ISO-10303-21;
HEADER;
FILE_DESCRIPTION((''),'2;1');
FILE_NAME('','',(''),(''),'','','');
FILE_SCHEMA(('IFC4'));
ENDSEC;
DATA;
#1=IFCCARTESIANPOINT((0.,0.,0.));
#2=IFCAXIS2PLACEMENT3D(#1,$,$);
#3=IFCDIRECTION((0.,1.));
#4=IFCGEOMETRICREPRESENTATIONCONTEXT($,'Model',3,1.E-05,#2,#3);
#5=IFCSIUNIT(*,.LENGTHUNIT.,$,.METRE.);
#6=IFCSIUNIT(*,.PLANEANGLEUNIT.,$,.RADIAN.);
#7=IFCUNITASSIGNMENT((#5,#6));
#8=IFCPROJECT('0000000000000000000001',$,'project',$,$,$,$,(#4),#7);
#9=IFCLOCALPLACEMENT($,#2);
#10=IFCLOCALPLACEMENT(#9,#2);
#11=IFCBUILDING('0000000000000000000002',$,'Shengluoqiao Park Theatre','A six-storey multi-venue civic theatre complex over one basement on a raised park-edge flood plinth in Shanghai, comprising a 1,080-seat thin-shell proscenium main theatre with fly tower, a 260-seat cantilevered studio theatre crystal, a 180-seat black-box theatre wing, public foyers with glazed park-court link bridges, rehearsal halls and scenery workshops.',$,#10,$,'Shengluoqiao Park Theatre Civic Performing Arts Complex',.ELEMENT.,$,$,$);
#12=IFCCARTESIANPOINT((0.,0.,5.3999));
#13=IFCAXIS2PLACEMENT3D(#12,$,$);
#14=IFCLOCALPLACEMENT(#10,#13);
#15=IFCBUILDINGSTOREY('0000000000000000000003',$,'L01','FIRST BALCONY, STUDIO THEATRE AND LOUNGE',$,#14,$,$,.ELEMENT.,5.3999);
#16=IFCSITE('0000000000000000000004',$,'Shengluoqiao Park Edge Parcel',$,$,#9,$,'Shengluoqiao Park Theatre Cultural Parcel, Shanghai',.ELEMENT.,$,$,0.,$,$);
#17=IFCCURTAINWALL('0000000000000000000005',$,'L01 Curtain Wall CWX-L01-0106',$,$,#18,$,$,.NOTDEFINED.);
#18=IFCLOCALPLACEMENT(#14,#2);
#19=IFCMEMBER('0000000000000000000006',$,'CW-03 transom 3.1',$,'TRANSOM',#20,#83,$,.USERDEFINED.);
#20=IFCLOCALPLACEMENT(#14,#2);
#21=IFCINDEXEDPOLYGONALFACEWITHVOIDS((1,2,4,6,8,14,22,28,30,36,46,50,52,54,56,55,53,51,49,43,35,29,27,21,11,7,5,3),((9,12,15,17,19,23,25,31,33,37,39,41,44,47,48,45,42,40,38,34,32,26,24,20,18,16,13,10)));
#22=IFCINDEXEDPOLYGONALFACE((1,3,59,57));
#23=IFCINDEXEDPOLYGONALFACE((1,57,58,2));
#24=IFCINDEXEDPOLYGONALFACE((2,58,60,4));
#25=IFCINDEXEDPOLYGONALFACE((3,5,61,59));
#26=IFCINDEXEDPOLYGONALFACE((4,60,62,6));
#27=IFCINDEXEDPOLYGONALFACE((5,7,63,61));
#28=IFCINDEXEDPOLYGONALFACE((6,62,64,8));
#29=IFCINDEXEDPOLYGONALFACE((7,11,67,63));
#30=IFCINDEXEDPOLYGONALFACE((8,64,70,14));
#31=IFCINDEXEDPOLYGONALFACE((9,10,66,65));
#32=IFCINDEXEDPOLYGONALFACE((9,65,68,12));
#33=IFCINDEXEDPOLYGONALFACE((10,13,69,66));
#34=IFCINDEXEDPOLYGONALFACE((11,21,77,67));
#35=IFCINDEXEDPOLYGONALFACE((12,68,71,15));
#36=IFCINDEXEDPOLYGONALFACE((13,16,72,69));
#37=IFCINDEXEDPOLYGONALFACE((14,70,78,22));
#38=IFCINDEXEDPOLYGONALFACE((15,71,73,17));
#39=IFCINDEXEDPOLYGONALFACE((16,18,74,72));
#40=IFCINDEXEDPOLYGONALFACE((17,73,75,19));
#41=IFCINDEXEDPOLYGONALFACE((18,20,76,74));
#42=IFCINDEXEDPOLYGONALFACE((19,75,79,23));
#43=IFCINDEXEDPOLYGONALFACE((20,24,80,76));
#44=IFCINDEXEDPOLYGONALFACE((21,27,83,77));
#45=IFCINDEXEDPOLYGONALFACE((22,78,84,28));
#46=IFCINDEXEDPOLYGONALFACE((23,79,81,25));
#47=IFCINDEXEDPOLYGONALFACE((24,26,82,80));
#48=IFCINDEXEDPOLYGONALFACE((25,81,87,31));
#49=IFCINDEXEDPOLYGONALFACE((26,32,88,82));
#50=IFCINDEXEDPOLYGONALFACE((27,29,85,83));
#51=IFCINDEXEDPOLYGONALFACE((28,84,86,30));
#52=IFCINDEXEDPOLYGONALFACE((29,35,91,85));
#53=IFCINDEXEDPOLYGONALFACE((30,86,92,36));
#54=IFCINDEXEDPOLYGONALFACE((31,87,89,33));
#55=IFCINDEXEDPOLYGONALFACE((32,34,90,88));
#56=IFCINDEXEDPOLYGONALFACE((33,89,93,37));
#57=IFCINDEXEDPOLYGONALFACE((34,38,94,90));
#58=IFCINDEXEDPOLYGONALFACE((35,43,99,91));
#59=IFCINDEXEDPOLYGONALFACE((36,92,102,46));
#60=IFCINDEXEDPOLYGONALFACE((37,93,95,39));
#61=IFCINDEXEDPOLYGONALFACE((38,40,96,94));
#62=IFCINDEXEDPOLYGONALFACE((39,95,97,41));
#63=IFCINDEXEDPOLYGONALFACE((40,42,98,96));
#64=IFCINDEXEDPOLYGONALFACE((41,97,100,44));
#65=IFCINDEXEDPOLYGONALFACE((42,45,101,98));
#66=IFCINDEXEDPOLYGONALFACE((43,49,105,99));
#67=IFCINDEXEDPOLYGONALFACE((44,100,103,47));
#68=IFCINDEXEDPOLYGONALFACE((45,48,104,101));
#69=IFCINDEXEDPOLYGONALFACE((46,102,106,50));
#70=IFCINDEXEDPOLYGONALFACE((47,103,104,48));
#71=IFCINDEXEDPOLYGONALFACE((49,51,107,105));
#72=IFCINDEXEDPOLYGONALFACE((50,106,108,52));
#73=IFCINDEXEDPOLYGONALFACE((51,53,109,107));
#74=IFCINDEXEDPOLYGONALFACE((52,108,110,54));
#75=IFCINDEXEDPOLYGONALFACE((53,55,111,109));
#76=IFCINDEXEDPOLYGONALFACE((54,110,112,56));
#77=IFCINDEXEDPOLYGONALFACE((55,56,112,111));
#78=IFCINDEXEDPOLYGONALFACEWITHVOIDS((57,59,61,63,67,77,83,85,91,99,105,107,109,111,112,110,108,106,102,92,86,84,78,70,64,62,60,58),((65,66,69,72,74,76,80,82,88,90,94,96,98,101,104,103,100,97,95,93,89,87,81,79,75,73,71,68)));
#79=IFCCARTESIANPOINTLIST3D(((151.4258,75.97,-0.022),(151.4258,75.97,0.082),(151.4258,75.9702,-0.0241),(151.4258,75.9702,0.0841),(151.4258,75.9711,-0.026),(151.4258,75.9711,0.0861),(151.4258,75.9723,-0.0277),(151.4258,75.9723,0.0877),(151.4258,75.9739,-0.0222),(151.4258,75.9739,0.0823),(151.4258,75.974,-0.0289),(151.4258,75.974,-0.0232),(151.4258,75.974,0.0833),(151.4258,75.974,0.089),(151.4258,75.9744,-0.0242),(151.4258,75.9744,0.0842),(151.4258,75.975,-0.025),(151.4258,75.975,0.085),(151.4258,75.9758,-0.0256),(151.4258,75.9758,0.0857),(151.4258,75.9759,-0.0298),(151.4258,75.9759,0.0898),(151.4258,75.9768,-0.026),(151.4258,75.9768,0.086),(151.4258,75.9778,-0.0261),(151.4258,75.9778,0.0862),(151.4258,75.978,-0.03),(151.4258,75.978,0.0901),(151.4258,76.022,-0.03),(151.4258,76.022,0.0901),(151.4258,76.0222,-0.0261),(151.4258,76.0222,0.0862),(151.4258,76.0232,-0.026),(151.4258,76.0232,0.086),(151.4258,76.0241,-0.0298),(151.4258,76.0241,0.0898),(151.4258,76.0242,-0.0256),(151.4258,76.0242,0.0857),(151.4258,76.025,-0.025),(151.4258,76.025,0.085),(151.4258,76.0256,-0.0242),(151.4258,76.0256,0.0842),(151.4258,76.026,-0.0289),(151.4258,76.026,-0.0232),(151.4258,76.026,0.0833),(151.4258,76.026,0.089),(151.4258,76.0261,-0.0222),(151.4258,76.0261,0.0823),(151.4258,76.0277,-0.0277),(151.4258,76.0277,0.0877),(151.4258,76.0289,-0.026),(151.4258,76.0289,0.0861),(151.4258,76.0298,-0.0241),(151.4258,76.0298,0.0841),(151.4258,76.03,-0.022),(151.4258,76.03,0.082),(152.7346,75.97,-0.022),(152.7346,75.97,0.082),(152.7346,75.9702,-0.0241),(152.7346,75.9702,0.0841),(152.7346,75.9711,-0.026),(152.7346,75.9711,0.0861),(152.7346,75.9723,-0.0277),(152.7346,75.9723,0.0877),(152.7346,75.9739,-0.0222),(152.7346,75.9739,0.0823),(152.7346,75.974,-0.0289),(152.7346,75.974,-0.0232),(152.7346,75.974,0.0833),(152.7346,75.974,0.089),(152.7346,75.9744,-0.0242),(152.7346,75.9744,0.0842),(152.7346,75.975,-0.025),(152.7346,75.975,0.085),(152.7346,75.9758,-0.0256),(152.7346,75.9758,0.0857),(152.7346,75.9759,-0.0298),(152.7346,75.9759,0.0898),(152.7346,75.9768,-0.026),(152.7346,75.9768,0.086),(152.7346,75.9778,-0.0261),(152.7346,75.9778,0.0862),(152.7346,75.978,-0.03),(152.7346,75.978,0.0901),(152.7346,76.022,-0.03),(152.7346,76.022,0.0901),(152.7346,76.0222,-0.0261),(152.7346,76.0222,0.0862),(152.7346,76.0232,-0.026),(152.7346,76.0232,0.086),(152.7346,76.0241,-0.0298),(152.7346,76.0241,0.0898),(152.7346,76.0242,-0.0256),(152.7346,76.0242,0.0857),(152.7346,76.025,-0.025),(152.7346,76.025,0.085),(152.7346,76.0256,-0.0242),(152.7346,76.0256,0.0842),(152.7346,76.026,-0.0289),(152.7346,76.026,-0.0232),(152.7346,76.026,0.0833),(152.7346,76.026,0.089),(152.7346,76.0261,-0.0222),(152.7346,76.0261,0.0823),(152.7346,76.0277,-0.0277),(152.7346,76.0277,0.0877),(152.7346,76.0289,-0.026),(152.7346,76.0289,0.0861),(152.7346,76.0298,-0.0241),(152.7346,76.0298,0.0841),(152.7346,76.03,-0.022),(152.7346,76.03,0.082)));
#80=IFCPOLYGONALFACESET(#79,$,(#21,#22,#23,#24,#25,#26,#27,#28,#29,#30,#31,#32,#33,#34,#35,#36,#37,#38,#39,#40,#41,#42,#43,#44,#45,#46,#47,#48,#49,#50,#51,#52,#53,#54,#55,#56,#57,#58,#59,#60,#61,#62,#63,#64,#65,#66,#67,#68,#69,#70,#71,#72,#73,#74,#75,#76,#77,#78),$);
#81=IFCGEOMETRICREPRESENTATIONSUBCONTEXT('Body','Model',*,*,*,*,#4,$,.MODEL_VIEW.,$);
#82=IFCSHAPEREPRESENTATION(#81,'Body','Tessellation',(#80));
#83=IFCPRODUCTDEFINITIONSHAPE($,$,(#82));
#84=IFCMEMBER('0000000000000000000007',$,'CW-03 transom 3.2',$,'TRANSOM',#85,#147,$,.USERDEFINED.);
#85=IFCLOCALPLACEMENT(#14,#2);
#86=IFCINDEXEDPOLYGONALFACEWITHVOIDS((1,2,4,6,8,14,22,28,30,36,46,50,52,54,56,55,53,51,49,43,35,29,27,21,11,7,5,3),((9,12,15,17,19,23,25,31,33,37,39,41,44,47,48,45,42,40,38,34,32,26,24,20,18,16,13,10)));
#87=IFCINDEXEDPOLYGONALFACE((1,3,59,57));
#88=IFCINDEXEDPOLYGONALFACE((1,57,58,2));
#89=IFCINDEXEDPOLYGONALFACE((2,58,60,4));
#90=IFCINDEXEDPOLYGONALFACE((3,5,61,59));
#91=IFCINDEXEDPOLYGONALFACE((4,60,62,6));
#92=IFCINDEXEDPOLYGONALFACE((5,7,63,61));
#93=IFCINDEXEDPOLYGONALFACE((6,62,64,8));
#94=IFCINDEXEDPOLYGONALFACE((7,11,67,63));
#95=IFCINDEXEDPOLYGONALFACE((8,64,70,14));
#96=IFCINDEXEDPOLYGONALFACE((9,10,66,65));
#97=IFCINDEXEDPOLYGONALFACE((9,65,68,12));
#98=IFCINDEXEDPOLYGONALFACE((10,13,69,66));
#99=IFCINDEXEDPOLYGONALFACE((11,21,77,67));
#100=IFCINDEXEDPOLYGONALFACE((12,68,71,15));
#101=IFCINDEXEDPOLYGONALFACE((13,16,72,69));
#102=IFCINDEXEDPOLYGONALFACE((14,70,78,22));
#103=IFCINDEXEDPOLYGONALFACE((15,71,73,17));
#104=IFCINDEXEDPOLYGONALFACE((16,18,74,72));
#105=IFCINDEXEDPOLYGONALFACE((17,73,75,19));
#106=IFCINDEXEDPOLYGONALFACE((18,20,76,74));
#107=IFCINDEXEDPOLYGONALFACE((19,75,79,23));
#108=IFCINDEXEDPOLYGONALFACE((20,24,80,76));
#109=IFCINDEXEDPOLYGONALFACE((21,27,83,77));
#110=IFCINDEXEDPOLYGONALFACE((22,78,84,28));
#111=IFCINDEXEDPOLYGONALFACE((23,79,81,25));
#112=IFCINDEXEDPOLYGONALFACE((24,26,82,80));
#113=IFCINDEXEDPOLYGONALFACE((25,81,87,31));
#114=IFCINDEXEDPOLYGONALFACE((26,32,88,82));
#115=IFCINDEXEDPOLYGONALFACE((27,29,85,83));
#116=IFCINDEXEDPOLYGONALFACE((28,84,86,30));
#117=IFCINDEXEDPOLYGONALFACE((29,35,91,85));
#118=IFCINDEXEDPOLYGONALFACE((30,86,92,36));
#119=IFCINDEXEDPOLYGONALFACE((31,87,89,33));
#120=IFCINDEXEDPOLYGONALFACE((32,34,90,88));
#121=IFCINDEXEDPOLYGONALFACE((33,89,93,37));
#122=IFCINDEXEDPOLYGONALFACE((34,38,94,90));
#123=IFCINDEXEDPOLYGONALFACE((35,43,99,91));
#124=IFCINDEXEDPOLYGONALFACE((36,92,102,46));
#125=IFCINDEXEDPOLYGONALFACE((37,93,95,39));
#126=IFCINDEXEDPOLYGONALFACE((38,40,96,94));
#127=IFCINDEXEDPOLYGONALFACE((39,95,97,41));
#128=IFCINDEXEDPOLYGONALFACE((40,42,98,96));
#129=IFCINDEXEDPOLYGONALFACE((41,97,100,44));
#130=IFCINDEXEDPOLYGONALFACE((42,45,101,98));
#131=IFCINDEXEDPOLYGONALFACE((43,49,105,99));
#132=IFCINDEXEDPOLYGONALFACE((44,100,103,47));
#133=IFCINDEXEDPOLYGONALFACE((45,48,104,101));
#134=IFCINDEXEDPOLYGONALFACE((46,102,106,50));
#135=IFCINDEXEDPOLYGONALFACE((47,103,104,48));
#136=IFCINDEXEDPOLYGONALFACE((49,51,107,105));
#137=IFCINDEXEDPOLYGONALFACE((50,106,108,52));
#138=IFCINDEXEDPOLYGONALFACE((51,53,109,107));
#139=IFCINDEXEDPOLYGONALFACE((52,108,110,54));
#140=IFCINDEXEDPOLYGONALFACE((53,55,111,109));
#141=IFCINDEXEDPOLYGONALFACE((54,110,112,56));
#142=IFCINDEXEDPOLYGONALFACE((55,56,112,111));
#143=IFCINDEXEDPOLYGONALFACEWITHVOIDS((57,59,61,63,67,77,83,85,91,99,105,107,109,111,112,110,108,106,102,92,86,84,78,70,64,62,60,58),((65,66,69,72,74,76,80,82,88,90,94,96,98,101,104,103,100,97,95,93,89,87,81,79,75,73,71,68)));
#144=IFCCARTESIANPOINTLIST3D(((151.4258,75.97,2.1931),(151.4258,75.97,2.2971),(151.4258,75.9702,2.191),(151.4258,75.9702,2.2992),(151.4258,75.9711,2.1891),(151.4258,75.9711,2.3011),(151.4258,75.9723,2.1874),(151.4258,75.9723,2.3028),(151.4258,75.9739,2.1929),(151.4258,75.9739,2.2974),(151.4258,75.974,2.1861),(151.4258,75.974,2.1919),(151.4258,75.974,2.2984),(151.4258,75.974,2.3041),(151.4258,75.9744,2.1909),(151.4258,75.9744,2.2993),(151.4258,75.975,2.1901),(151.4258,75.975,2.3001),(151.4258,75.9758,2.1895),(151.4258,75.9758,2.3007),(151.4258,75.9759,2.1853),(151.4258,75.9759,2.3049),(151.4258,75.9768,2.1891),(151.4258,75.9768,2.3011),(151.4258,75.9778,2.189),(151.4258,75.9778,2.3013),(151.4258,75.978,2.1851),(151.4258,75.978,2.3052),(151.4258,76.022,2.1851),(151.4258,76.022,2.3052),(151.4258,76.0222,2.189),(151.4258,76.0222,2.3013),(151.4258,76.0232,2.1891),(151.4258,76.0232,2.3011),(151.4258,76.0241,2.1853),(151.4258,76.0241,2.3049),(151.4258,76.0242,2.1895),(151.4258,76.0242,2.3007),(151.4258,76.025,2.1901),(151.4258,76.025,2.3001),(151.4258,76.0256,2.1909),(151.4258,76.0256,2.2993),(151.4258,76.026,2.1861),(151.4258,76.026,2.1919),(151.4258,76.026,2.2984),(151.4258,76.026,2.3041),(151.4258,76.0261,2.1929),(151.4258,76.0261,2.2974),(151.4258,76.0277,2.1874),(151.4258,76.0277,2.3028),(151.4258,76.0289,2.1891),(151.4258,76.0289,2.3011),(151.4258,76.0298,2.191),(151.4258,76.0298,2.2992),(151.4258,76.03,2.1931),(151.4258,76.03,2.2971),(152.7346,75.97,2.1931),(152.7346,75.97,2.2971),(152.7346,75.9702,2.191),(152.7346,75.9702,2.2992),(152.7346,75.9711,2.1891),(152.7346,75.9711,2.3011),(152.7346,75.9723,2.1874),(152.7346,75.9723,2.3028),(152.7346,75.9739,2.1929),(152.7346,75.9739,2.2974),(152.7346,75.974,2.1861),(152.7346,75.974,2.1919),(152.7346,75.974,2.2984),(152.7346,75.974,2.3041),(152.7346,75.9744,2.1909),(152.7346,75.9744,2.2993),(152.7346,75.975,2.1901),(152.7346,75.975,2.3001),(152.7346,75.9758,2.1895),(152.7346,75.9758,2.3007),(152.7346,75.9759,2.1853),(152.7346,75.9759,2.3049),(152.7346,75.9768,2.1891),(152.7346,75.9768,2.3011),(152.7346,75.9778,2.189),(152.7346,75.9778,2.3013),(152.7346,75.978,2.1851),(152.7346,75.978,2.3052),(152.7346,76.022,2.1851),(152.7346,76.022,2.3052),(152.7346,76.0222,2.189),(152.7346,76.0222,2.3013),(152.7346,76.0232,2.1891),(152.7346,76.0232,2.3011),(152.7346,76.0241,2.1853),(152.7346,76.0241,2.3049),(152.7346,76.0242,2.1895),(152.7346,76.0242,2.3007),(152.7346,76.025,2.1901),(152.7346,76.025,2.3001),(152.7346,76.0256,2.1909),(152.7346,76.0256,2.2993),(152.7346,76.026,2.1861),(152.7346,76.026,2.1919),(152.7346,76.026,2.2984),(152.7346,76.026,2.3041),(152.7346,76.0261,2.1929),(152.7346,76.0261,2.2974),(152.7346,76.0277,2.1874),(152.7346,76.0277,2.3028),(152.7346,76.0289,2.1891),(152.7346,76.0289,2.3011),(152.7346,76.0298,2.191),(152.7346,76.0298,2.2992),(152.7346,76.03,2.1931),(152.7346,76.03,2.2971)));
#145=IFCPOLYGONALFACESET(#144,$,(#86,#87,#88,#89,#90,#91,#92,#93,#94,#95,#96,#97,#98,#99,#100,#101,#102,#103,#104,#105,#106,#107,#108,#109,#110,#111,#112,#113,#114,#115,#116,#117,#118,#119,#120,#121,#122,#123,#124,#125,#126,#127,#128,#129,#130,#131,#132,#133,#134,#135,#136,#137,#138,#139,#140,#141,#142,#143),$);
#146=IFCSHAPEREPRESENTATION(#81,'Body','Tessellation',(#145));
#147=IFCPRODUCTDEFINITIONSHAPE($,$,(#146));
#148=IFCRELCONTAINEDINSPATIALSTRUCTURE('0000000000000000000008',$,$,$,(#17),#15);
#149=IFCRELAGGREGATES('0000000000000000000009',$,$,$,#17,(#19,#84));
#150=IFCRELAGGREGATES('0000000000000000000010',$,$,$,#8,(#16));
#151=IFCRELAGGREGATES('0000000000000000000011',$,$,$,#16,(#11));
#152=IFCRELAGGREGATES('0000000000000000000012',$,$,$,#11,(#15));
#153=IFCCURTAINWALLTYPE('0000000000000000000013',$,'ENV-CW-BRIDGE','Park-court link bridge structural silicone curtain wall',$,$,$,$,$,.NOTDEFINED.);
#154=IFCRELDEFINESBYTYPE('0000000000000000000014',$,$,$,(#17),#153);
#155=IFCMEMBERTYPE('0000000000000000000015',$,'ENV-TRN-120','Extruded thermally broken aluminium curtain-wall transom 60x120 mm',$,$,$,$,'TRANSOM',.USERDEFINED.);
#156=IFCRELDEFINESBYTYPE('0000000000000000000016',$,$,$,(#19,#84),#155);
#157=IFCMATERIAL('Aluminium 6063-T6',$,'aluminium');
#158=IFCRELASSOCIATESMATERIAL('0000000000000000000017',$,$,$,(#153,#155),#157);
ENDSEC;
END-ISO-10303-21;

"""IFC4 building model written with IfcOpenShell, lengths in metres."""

from ifc_helpers import new_model, si_unit, direction, frame, origin, origin_2d, place, context, subcontext, project, spatial, hollow_rectangle, extrude, material, material_profile, profile_set, type_object, element, aggregate, save


model = new_model("IFC4")

# Units and contexts
model_context = context("Model", 3, precision=1e-05, world=origin(), true_north=direction((0.0, 1.0)))
body_context = subcontext(model_context, "Body", "Model", "MODEL_VIEW")
ifc_project = project(units=[si_unit("LENGTHUNIT", "METRE"), si_unit("PLANEANGLEUNIT", "RADIAN")], contexts=[model_context])

# Site, building, storey
site_placement = place(None, origin())
site = spatial("IfcSite", under=ifc_project, at=site_placement, Name="Shengluoqiao Park Edge Parcel", LongName="Shengluoqiao Park Theatre Cultural Parcel, Shanghai", CompositionType="ELEMENT", RefElevation=0.0)
building_placement = place(site_placement, origin())
building = spatial("IfcBuilding", under=site, at=building_placement, Name="Shengluoqiao Park Theatre", Description="A six-storey multi-venue civic theatre complex over one basement on a raised park-edge flood plinth in Shanghai, comprising a 1,080-seat thin-shell proscenium main theatre with fly tower, a 260-seat cantilevered studio theatre crystal, a 180-seat black-box theatre wing, public foyers with glazed park-court link bridges, rehearsal halls and scenery workshops.", LongName="Shengluoqiao Park Theatre Civic Performing Arts Complex", CompositionType="ELEMENT")
storey_placement = place(building_placement, frame((0.0, 0.0, 5.3999)))
storey = spatial("IfcBuildingStorey", under=building, at=storey_placement, Name="L01", Description="FIRST BALCONY, STUDIO THEATRE AND LOUNGE", CompositionType="ELEMENT", Elevation=5.3999)

# Curtain wall
ifc_material_1 = material(Name="Aluminium 6063-T6", Category="aluminium")
curtain_wall_type = type_object("IfcCurtainWallType", Name="ENV-CW-BRIDGE", Description="Park-court link bridge structural silicone curtain wall", PredefinedType="NOTDEFINED", material=ifc_material_1)
curtain_wall_1_placement = place(storey_placement, origin())
curtain_wall_1 = element("IfcCurtainWall", 1, at=curtain_wall_1_placement, inside=storey, type_object=curtain_wall_type, Name="L01 Curtain Wall CWX-L01-0106", PredefinedType="NOTDEFINED")

# Members
ifc_material_profile_1 = material_profile(ifc_material_1, hollow_rectangle(XDim=0.0601, YDim=0.1201, WallThickness=0.0039, InnerFilletRadius=0.0039, OuterFilletRadius=0.0081, at=origin_2d()), Name="ALU TRANSOM 120x60x4")
ifc_profile_set_1 = profile_set([ifc_material_profile_1], Name="Aluminium 6063-T6")
member_type_1 = type_object("IfcMemberType", Name="ENV-TRN-120", Description="Extruded thermally broken aluminium curtain-wall transom 60x120 mm", ElementType="TRANSOM", PredefinedType="USERDEFINED", material=ifc_profile_set_1)
member_1_placement = place(storey_placement, frame((151.4258, 76.0, 0.03), z_axis=(1.0, 0.0, 0.0), x_axis=(0.0, 1.0, 0.0)))
member_1 = element("IfcMember", 2, at=member_1_placement, type_object=member_type_1, Name="CW-03 transom 3.1", ObjectType="TRANSOM", PredefinedType="USERDEFINED", context=body_context, shape_type="SweptSolid", body=[
    extrude(hollow_rectangle(XDim=0.0601, YDim=0.1201, WallThickness=0.0039, InnerFilletRadius=0.0039, OuterFilletRadius=0.0081, at=origin_2d()), origin(), (0.0, 0.0, 1.0), 1.3088),
])
member_2_placement = place(storey_placement, frame((151.4258, 76.0, 2.2451), z_axis=(1.0, 0.0, 0.0), x_axis=(0.0, 1.0, 0.0)))
member_2 = element("IfcMember", 3, at=member_2_placement, type_object=member_type_1, Name="CW-03 transom 3.2", ObjectType="TRANSOM", PredefinedType="USERDEFINED", context=body_context, shape_type="SweptSolid", body=[
    extrude(hollow_rectangle(XDim=0.0601, YDim=0.1201, WallThickness=0.0039, InnerFilletRadius=0.0039, OuterFilletRadius=0.0081, at=origin_2d()), origin(), (0.0, 0.0, 1.0), 1.3088),
])

aggregate(curtain_wall_1, [member_1, member_2])

save(model, "model.ifc")
